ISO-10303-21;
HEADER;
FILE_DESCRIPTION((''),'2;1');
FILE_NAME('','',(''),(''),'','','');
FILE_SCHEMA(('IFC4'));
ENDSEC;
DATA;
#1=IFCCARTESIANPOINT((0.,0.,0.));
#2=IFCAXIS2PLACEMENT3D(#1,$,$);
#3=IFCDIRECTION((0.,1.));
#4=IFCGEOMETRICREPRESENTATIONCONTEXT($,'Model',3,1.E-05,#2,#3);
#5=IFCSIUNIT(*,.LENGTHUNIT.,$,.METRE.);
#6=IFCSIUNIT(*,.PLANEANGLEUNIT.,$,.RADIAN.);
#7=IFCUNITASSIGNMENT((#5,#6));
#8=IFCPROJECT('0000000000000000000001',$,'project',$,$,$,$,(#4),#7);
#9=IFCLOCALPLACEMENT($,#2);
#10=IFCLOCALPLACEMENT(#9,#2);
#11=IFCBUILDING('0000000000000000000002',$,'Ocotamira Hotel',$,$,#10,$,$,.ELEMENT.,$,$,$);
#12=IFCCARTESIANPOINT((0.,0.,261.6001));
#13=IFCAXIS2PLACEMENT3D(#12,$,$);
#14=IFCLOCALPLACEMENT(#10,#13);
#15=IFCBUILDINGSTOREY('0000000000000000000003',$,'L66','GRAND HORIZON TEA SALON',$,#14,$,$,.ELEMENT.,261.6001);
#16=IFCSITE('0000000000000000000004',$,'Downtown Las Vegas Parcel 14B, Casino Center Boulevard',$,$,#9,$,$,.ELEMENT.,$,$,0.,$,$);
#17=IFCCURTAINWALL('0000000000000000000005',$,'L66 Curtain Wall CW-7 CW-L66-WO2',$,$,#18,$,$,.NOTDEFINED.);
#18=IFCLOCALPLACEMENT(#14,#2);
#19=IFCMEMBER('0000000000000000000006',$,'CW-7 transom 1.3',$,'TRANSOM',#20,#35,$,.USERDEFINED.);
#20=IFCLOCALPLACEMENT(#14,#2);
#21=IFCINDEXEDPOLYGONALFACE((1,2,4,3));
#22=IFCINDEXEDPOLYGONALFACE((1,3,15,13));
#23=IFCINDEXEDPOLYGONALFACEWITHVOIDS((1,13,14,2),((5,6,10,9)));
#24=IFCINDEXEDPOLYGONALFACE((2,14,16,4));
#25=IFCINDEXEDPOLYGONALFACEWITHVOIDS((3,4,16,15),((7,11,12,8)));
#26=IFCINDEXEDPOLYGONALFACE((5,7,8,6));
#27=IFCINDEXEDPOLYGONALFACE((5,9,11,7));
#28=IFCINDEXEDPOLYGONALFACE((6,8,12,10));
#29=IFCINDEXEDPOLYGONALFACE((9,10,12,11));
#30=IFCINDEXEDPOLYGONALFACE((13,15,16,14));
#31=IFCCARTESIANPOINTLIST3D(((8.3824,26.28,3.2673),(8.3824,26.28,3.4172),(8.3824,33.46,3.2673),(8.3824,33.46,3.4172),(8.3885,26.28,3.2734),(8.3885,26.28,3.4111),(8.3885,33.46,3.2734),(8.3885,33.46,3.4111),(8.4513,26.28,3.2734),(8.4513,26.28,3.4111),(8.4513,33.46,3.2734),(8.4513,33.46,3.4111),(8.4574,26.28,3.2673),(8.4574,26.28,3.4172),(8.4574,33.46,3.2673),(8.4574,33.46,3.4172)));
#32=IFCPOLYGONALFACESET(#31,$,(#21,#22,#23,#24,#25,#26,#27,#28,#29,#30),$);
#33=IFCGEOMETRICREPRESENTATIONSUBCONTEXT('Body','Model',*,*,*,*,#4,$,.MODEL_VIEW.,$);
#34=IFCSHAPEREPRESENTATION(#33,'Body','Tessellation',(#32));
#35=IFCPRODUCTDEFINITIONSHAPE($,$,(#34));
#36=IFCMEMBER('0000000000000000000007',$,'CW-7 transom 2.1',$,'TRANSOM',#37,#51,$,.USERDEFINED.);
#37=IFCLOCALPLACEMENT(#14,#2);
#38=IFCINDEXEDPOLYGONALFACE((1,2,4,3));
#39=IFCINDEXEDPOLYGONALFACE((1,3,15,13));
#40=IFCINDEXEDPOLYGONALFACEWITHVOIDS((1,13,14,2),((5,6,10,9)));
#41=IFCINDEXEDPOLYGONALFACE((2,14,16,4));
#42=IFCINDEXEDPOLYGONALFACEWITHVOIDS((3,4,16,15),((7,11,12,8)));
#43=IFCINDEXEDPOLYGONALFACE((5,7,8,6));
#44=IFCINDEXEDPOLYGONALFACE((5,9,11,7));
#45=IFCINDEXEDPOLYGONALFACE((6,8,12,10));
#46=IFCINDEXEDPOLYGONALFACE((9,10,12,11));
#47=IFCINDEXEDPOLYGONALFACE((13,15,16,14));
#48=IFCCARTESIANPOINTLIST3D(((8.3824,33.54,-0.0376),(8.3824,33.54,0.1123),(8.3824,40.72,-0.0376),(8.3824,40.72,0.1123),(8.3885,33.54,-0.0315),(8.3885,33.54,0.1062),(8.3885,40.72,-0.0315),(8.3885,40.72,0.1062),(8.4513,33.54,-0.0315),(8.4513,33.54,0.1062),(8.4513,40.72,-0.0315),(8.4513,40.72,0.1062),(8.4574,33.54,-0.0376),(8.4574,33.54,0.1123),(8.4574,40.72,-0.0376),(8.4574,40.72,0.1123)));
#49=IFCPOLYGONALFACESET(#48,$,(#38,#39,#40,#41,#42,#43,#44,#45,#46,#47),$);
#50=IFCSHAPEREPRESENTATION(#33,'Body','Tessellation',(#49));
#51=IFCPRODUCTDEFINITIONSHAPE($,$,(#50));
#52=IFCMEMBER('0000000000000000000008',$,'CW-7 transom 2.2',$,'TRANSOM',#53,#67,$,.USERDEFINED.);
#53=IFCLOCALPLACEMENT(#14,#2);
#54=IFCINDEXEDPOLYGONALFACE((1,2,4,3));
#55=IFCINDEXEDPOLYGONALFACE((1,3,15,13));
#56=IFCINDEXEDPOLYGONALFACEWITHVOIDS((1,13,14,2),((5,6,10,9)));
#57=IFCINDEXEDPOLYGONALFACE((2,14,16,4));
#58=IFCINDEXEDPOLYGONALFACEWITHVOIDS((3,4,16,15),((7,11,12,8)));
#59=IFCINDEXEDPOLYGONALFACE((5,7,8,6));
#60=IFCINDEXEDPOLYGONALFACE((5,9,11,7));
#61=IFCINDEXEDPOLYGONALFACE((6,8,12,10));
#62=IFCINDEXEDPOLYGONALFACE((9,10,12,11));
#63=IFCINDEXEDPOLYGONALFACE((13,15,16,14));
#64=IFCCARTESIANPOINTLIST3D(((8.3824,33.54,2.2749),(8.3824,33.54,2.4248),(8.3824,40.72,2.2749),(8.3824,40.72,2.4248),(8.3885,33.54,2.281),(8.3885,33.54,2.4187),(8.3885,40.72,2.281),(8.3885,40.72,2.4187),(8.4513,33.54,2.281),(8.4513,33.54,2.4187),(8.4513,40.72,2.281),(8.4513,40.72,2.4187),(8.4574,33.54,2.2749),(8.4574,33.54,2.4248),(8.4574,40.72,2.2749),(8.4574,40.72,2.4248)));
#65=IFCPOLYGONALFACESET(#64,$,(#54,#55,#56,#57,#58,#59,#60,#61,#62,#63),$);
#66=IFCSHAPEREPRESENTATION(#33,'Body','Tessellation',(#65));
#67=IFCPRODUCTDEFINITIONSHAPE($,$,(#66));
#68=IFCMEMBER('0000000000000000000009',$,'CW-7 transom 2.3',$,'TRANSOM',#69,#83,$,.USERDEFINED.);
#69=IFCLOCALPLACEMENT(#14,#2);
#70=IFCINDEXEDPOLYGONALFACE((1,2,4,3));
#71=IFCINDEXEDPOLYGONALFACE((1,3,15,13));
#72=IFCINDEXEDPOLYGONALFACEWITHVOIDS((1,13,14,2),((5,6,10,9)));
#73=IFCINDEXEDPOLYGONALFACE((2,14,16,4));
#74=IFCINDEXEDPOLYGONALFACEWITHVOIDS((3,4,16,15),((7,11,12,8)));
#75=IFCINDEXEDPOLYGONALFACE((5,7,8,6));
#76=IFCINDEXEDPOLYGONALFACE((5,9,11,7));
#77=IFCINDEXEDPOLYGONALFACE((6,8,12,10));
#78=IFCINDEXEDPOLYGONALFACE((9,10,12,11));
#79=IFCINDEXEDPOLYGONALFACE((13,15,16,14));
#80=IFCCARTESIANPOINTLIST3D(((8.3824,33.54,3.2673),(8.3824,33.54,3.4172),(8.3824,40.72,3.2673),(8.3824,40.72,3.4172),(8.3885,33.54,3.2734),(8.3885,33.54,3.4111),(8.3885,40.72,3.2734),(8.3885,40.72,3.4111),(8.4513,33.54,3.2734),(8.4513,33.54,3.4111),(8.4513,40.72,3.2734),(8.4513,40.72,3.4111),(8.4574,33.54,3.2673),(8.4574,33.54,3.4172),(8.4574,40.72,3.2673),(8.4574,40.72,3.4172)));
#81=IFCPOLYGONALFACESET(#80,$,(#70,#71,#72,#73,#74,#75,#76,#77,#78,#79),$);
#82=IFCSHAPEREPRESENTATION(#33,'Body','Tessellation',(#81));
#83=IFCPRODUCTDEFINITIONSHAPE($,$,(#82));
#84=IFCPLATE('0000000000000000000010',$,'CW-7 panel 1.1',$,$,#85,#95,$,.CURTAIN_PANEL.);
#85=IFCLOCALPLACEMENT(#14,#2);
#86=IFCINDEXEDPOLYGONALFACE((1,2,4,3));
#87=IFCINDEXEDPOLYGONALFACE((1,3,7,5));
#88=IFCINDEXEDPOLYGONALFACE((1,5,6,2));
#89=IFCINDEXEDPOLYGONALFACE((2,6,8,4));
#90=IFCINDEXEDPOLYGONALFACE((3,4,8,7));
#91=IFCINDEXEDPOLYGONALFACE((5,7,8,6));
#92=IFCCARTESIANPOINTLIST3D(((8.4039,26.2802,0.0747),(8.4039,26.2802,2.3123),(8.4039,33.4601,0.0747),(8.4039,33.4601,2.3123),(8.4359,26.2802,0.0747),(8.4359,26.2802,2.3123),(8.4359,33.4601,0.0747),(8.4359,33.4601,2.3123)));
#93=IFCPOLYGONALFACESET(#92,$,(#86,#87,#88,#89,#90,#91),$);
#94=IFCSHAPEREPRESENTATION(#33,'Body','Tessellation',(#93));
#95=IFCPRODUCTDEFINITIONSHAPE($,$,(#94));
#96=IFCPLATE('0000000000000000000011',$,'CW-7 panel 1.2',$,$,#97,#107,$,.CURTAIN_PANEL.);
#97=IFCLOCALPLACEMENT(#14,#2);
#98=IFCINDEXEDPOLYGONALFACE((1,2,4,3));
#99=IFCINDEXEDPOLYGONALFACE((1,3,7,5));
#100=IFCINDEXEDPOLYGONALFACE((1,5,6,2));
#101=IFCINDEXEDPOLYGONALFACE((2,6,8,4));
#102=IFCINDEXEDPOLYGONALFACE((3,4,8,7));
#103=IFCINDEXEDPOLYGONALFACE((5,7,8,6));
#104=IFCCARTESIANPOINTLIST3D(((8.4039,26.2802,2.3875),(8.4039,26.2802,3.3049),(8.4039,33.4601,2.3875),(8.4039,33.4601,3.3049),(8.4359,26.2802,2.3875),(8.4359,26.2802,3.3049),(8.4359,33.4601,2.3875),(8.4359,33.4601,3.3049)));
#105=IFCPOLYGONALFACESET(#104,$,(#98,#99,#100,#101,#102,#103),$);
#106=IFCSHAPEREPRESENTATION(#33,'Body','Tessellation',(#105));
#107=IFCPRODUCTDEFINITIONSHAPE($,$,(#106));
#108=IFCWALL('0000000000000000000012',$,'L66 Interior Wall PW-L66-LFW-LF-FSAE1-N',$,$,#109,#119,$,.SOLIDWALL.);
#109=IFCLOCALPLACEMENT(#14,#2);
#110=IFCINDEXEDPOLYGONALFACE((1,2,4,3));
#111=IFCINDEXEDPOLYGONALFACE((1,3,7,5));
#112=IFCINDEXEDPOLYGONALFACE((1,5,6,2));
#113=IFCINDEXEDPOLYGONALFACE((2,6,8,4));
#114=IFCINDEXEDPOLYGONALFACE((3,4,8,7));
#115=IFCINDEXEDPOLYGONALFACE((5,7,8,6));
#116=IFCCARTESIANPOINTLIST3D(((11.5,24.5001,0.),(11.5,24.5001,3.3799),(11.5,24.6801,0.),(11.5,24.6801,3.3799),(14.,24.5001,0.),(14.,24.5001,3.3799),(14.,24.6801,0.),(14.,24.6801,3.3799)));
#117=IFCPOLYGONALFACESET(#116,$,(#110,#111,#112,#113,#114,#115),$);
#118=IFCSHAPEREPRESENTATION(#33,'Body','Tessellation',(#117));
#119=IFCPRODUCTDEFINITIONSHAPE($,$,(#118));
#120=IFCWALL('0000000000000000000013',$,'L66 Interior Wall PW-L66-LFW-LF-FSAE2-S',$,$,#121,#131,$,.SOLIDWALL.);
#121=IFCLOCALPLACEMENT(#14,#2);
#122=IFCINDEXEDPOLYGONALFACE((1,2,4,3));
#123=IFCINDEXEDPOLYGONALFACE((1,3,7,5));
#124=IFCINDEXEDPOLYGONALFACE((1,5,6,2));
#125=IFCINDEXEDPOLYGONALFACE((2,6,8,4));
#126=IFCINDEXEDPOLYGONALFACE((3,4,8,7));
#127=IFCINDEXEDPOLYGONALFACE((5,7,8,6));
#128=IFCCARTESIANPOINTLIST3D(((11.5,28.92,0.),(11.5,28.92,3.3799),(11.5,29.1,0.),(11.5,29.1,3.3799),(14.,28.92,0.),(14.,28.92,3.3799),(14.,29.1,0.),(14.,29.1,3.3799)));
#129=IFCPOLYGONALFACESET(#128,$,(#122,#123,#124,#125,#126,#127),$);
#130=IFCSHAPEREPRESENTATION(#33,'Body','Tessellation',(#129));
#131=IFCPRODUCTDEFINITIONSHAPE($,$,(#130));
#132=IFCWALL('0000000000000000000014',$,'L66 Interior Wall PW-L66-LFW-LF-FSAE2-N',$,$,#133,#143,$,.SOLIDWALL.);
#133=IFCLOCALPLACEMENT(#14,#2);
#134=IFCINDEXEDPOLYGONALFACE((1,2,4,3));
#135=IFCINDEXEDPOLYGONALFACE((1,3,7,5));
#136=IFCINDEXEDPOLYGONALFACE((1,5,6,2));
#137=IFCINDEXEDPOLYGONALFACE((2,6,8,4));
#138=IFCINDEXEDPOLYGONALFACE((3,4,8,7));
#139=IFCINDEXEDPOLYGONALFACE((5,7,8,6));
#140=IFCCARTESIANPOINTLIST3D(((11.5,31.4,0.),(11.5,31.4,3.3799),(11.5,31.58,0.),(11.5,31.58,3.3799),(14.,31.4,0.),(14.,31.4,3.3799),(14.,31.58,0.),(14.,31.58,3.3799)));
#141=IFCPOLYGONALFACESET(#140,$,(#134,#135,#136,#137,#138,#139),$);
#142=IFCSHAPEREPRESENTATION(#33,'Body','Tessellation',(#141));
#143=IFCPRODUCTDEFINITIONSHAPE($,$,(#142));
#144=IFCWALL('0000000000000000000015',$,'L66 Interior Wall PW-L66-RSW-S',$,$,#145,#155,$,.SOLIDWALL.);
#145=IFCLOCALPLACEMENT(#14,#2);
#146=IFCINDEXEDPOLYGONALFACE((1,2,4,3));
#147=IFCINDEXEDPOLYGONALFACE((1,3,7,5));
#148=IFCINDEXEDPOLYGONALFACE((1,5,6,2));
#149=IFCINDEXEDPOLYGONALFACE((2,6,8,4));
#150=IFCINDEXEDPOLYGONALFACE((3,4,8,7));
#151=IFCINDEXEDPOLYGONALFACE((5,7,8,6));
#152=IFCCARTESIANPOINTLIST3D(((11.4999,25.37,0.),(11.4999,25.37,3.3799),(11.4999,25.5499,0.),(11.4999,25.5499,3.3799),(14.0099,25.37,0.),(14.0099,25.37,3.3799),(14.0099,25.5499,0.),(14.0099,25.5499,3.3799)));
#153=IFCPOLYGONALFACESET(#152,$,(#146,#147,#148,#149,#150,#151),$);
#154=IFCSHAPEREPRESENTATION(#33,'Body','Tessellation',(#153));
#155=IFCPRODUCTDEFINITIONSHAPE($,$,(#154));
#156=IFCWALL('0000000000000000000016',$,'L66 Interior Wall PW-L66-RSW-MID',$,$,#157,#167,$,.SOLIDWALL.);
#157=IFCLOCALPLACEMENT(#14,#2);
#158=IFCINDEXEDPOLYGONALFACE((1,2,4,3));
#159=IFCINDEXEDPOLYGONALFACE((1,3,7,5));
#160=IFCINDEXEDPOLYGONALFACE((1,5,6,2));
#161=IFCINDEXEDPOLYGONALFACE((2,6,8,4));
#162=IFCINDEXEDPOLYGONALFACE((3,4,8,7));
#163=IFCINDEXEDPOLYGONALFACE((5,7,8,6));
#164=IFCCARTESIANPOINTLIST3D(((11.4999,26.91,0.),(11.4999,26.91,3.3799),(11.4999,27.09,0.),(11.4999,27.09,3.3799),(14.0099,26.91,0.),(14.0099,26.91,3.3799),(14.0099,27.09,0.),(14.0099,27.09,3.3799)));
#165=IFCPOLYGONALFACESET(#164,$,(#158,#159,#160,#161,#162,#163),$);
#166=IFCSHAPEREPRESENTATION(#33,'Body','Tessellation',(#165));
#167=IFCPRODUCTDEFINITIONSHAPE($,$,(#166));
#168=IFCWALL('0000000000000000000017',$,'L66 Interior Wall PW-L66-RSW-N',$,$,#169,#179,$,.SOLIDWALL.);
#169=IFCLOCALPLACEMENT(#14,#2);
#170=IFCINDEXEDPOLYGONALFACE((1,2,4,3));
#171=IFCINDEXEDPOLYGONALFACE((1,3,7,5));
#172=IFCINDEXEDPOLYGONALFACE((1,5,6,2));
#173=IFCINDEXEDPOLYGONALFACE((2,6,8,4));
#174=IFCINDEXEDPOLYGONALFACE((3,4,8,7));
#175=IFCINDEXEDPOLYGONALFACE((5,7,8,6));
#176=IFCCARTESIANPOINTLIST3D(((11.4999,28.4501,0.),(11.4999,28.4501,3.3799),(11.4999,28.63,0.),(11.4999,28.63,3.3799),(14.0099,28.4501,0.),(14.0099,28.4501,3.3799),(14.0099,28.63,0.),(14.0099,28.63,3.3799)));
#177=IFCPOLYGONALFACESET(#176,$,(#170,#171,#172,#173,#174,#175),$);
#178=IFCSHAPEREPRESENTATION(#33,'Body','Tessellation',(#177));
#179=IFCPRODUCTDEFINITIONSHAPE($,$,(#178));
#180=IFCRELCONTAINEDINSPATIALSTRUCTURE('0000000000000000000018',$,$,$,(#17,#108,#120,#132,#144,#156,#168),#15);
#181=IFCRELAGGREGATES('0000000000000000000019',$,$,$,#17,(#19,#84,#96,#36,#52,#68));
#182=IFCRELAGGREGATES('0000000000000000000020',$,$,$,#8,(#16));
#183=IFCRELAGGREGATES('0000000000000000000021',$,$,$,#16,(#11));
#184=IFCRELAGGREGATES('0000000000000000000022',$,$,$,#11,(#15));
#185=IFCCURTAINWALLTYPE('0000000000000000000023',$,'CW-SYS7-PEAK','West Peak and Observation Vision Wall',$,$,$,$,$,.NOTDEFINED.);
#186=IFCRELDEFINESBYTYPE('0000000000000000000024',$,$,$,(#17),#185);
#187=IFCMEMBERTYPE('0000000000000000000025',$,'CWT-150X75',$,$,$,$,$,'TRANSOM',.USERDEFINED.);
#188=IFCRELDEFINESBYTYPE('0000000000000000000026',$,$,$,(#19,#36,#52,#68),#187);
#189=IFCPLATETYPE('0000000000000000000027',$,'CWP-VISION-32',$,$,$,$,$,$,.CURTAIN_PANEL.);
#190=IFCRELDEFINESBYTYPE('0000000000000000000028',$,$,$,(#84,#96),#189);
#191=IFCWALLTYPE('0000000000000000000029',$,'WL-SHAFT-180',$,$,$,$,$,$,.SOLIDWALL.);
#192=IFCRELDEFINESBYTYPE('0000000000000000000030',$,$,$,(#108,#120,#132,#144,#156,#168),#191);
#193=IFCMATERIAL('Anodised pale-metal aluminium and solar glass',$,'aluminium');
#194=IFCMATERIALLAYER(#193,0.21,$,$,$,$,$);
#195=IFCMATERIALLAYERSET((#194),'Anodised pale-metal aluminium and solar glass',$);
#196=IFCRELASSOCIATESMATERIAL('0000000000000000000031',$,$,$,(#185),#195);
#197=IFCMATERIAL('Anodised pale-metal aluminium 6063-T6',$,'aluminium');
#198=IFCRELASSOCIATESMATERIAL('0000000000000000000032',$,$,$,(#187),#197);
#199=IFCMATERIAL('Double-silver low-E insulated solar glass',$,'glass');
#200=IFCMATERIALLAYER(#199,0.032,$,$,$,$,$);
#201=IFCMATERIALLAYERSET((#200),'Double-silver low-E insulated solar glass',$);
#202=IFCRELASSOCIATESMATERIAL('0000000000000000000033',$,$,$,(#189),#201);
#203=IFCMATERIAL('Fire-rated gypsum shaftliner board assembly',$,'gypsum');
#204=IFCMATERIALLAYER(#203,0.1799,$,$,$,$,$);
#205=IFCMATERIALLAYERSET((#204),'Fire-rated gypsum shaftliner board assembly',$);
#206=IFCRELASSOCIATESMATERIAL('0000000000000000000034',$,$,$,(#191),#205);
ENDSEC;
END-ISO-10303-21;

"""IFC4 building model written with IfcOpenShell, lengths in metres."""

from ifc_helpers import new_model, si_unit, direction, frame, frame_2d, origin, origin_2d, place, context, subcontext, project, spatial, rectangle, hollow_rectangle, extrude, source, transform, mapped, material, layer, layer_set, material_profile, profile_set, type_object, element, aggregate, save


model = new_model("IFC4")

# Units and contexts
model_context = context("Model", 3, precision=1e-05, world=origin(), true_north=direction((0.0, 1.0)))
body_context = subcontext(model_context, "Body", "Model", "MODEL_VIEW")
ifc_project = project(units=[si_unit("LENGTHUNIT", "METRE"), si_unit("PLANEANGLEUNIT", "RADIAN")], contexts=[model_context])

# Site, building, storey
site_placement = place(None, origin())
site = spatial("IfcSite", under=ifc_project, at=site_placement, Name="Downtown Las Vegas Parcel 14B, Casino Center Boulevard", CompositionType="ELEMENT", RefElevation=0.0)
building_placement = place(site_placement, origin())
building = spatial("IfcBuilding", under=site, at=building_placement, Name="Ocotamira Hotel", CompositionType="ELEMENT")
storey_placement = place(building_placement, frame((0.0, 0.0, 261.6001)))
storey = spatial("IfcBuildingStorey", under=building, at=storey_placement, Name="L66", Description="GRAND HORIZON TEA SALON", CompositionType="ELEMENT", Elevation=261.6001)

# Shared definitions
ifc_material_1 = material(Name="Anodised pale-metal aluminium and solar glass", Category="aluminium")
ifc_layer_1 = layer(ifc_material_1, 0.21)
ifc_layer_set_1 = layer_set([ifc_layer_1], Name="Anodised pale-metal aluminium and solar glass")
curtain_wall_type = type_object("IfcCurtainWallType", Name="CW-SYS7-PEAK", Description="West Peak and Observation Vision Wall", PredefinedType="NOTDEFINED", material=ifc_layer_set_1)
ifc_material_2 = material(Name="Anodised pale-metal aluminium 6063-T6", Category="aluminium")

# Curtain wall, members, plates
curtain_wall_1_placement = place(storey_placement, origin())
curtain_wall_1 = element("IfcCurtainWall", 1, at=curtain_wall_1_placement, inside=storey, type_object=curtain_wall_type, Name="L66 Curtain Wall CW-7 CW-L66-WO2", PredefinedType="NOTDEFINED")
ifc_material_profile_1 = material_profile(ifc_material_2, hollow_rectangle(XDim=0.075, YDim=0.1499, WallThickness=0.0061, at=origin_2d()), Name="HSS150X75X6")
ifc_profile_set_1 = profile_set([ifc_material_profile_1], Name="Anodised pale-metal aluminium 6063-T6")
member_type_1 = type_object("IfcMemberType", Name="CWT-150X75", ElementType="TRANSOM", PredefinedType="USERDEFINED", material=ifc_profile_set_1)
shared_shape_1 = source(origin(), body_context, "Body", "SweptSolid", [
    extrude(hollow_rectangle(XDim=0.075, YDim=0.1499, WallThickness=0.0061, at=origin_2d()), origin(), (0.0, 0.0, 1.0), 7.1799),
])
member_1_placement = place(storey_placement, frame((8.4199, 26.28, 3.3423), z_axis=(0.0, 1.0, 0.0), x_axis=(-1.0, 0.0, 0.0)))
member_1 = element("IfcMember", 2, at=member_1_placement, type_object=member_type_1, Name="CW-7 transom 1.3", ObjectType="TRANSOM", PredefinedType="USERDEFINED", context=body_context, shape_type="MappedRepresentation", body=[
    mapped(shared_shape_1, transform((0.0, 0.0, 0.0), scale=1.0)),
])
member_2_placement = place(storey_placement, frame((8.4199, 33.54, 0.0374), z_axis=(0.0, 1.0, 0.0), x_axis=(-1.0, 0.0, 0.0)))
member_2 = element("IfcMember", 3, at=member_2_placement, type_object=member_type_1, Name="CW-7 transom 2.1", ObjectType="TRANSOM", PredefinedType="USERDEFINED", context=body_context, shape_type="MappedRepresentation", body=[
    mapped(shared_shape_1, transform((0.0, 0.0, 0.0), scale=1.0)),
])
member_3_placement = place(storey_placement, frame((8.4199, 33.54, 2.3499), z_axis=(0.0, 1.0, 0.0), x_axis=(-1.0, 0.0, 0.0)))
member_3 = element("IfcMember", 4, at=member_3_placement, type_object=member_type_1, Name="CW-7 transom 2.2", ObjectType="TRANSOM", PredefinedType="USERDEFINED", context=body_context, shape_type="MappedRepresentation", body=[
    mapped(shared_shape_1, transform((0.0, 0.0, 0.0), scale=1.0)),
])
member_4_placement = place(storey_placement, frame((8.4199, 33.54, 3.3423), z_axis=(0.0, 1.0, 0.0), x_axis=(-1.0, 0.0, 0.0)))
member_4 = element("IfcMember", 5, at=member_4_placement, type_object=member_type_1, Name="CW-7 transom 2.3", ObjectType="TRANSOM", PredefinedType="USERDEFINED", context=body_context, shape_type="MappedRepresentation", body=[
    mapped(shared_shape_1, transform((0.0, 0.0, 0.0), scale=1.0)),
])
ifc_material_3 = material(Name="Double-silver low-E insulated solar glass", Category="glass")
ifc_layer_2 = layer(ifc_material_3, 0.032)
ifc_layer_set_2 = layer_set([ifc_layer_2], Name="Double-silver low-E insulated solar glass")
plate_type = type_object("IfcPlateType", Name="CWP-VISION-32", PredefinedType="CURTAIN_PANEL", material=ifc_layer_set_2)
shared_shape_2 = source(origin(), body_context, "Body", "SweptSolid", [
    extrude(rectangle(XDim=7.1799, YDim=0.032, at=origin_2d()), origin(), (0.0, 0.0, 1.0), 2.2375),
])
plate_1_placement = place(storey_placement, frame((8.4199, 29.8701, 0.0747), z_axis=(0.0, 0.0, 1.0), x_axis=(0.0, 1.0, 0.0)))
plate_1 = element("IfcPlate", 6, at=plate_1_placement, type_object=plate_type, Name="CW-7 panel 1.1", PredefinedType="CURTAIN_PANEL", context=body_context, shape_type="MappedRepresentation", body=[
    mapped(shared_shape_2, transform((0.0, 0.0, 0.0), scale=1.0)),
])
shared_shape_3 = source(origin(), body_context, "Body", "SweptSolid", [
    extrude(rectangle(XDim=7.1799, YDim=0.032, at=origin_2d()), origin(), (0.0, 0.0, 1.0), 0.9175),
])
plate_2_placement = place(storey_placement, frame((8.4199, 29.8701, 2.3875), z_axis=(0.0, 0.0, 1.0), x_axis=(0.0, 1.0, 0.0)))
plate_2 = element("IfcPlate", 7, at=plate_2_placement, type_object=plate_type, Name="CW-7 panel 1.2", PredefinedType="CURTAIN_PANEL", context=body_context, shape_type="MappedRepresentation", body=[
    mapped(shared_shape_3, transform((0.0, 0.0, 0.0), scale=1.0)),
])
aggregate(curtain_wall_1, [member_1, plate_1, plate_2, member_2, member_3, member_4])

# Walls
ifc_material_4 = material(Name="Fire-rated gypsum shaftliner board assembly", Category="gypsum")
ifc_layer_3 = layer(ifc_material_4, 0.1799)
ifc_layer_set_3 = layer_set([ifc_layer_3], Name="Fire-rated gypsum shaftliner board assembly")
wall_type_1 = type_object("IfcWallType", Name="WL-SHAFT-180", PredefinedType="SOLIDWALL", material=ifc_layer_set_3)
for number, where, z_axis, x_axis, name in (
    (8, (11.5, 24.5901, 0.0), (0.0, 0.0, 1.0), (1.0, 0.0, 0.0), "L66 Interior Wall PW-L66-LFW-LF-FSAE1-N"),
    (9, (11.5, 29.01, 0.0), (0.0, 0.0, 1.0), (1.0, 0.0, 0.0), "L66 Interior Wall PW-L66-LFW-LF-FSAE2-S"),
    (10, (11.5, 31.49, 0.0), (0.0, 0.0, 1.0), (1.0, 0.0, 0.0), "L66 Interior Wall PW-L66-LFW-LF-FSAE2-N"),
):
    element("IfcWall", number, at=place(storey_placement, frame(where, z_axis=z_axis, x_axis=x_axis)), inside=storey, type_object=wall_type_1, Name=name, PredefinedType="SOLIDWALL", context=body_context, shape_type="SweptSolid", body=[
        extrude(rectangle(XDim=2.5, YDim=0.1799, at=frame_2d((1.25, 0.0))), origin(), (0.0, 0.0, 1.0), 3.3799),
    ])
for number, where, z_axis, x_axis, name in (
    (11, (11.5, 25.46, 0.0), (0.0, 0.0, 1.0), (1.0, 0.0, 0.0), "L66 Interior Wall PW-L66-RSW-S"),
    (12, (11.5, 27.0, 0.0), (0.0, 0.0, 1.0), (1.0, 0.0, 0.0), "L66 Interior Wall PW-L66-RSW-MID"),
    (13, (11.5, 28.54, 0.0), (0.0, 0.0, 1.0), (1.0, 0.0, 0.0), "L66 Interior Wall PW-L66-RSW-N"),
):
    element("IfcWall", number, at=place(storey_placement, frame(where, z_axis=z_axis, x_axis=x_axis)), inside=storey, type_object=wall_type_1, Name=name, PredefinedType="SOLIDWALL", context=body_context, shape_type="SweptSolid", body=[
        extrude(rectangle(XDim=2.51, YDim=0.1799, at=frame_2d((1.2549, 0.0))), origin(), (0.0, 0.0, 1.0), 3.3799),
    ])

save(model, "model.ifc")
